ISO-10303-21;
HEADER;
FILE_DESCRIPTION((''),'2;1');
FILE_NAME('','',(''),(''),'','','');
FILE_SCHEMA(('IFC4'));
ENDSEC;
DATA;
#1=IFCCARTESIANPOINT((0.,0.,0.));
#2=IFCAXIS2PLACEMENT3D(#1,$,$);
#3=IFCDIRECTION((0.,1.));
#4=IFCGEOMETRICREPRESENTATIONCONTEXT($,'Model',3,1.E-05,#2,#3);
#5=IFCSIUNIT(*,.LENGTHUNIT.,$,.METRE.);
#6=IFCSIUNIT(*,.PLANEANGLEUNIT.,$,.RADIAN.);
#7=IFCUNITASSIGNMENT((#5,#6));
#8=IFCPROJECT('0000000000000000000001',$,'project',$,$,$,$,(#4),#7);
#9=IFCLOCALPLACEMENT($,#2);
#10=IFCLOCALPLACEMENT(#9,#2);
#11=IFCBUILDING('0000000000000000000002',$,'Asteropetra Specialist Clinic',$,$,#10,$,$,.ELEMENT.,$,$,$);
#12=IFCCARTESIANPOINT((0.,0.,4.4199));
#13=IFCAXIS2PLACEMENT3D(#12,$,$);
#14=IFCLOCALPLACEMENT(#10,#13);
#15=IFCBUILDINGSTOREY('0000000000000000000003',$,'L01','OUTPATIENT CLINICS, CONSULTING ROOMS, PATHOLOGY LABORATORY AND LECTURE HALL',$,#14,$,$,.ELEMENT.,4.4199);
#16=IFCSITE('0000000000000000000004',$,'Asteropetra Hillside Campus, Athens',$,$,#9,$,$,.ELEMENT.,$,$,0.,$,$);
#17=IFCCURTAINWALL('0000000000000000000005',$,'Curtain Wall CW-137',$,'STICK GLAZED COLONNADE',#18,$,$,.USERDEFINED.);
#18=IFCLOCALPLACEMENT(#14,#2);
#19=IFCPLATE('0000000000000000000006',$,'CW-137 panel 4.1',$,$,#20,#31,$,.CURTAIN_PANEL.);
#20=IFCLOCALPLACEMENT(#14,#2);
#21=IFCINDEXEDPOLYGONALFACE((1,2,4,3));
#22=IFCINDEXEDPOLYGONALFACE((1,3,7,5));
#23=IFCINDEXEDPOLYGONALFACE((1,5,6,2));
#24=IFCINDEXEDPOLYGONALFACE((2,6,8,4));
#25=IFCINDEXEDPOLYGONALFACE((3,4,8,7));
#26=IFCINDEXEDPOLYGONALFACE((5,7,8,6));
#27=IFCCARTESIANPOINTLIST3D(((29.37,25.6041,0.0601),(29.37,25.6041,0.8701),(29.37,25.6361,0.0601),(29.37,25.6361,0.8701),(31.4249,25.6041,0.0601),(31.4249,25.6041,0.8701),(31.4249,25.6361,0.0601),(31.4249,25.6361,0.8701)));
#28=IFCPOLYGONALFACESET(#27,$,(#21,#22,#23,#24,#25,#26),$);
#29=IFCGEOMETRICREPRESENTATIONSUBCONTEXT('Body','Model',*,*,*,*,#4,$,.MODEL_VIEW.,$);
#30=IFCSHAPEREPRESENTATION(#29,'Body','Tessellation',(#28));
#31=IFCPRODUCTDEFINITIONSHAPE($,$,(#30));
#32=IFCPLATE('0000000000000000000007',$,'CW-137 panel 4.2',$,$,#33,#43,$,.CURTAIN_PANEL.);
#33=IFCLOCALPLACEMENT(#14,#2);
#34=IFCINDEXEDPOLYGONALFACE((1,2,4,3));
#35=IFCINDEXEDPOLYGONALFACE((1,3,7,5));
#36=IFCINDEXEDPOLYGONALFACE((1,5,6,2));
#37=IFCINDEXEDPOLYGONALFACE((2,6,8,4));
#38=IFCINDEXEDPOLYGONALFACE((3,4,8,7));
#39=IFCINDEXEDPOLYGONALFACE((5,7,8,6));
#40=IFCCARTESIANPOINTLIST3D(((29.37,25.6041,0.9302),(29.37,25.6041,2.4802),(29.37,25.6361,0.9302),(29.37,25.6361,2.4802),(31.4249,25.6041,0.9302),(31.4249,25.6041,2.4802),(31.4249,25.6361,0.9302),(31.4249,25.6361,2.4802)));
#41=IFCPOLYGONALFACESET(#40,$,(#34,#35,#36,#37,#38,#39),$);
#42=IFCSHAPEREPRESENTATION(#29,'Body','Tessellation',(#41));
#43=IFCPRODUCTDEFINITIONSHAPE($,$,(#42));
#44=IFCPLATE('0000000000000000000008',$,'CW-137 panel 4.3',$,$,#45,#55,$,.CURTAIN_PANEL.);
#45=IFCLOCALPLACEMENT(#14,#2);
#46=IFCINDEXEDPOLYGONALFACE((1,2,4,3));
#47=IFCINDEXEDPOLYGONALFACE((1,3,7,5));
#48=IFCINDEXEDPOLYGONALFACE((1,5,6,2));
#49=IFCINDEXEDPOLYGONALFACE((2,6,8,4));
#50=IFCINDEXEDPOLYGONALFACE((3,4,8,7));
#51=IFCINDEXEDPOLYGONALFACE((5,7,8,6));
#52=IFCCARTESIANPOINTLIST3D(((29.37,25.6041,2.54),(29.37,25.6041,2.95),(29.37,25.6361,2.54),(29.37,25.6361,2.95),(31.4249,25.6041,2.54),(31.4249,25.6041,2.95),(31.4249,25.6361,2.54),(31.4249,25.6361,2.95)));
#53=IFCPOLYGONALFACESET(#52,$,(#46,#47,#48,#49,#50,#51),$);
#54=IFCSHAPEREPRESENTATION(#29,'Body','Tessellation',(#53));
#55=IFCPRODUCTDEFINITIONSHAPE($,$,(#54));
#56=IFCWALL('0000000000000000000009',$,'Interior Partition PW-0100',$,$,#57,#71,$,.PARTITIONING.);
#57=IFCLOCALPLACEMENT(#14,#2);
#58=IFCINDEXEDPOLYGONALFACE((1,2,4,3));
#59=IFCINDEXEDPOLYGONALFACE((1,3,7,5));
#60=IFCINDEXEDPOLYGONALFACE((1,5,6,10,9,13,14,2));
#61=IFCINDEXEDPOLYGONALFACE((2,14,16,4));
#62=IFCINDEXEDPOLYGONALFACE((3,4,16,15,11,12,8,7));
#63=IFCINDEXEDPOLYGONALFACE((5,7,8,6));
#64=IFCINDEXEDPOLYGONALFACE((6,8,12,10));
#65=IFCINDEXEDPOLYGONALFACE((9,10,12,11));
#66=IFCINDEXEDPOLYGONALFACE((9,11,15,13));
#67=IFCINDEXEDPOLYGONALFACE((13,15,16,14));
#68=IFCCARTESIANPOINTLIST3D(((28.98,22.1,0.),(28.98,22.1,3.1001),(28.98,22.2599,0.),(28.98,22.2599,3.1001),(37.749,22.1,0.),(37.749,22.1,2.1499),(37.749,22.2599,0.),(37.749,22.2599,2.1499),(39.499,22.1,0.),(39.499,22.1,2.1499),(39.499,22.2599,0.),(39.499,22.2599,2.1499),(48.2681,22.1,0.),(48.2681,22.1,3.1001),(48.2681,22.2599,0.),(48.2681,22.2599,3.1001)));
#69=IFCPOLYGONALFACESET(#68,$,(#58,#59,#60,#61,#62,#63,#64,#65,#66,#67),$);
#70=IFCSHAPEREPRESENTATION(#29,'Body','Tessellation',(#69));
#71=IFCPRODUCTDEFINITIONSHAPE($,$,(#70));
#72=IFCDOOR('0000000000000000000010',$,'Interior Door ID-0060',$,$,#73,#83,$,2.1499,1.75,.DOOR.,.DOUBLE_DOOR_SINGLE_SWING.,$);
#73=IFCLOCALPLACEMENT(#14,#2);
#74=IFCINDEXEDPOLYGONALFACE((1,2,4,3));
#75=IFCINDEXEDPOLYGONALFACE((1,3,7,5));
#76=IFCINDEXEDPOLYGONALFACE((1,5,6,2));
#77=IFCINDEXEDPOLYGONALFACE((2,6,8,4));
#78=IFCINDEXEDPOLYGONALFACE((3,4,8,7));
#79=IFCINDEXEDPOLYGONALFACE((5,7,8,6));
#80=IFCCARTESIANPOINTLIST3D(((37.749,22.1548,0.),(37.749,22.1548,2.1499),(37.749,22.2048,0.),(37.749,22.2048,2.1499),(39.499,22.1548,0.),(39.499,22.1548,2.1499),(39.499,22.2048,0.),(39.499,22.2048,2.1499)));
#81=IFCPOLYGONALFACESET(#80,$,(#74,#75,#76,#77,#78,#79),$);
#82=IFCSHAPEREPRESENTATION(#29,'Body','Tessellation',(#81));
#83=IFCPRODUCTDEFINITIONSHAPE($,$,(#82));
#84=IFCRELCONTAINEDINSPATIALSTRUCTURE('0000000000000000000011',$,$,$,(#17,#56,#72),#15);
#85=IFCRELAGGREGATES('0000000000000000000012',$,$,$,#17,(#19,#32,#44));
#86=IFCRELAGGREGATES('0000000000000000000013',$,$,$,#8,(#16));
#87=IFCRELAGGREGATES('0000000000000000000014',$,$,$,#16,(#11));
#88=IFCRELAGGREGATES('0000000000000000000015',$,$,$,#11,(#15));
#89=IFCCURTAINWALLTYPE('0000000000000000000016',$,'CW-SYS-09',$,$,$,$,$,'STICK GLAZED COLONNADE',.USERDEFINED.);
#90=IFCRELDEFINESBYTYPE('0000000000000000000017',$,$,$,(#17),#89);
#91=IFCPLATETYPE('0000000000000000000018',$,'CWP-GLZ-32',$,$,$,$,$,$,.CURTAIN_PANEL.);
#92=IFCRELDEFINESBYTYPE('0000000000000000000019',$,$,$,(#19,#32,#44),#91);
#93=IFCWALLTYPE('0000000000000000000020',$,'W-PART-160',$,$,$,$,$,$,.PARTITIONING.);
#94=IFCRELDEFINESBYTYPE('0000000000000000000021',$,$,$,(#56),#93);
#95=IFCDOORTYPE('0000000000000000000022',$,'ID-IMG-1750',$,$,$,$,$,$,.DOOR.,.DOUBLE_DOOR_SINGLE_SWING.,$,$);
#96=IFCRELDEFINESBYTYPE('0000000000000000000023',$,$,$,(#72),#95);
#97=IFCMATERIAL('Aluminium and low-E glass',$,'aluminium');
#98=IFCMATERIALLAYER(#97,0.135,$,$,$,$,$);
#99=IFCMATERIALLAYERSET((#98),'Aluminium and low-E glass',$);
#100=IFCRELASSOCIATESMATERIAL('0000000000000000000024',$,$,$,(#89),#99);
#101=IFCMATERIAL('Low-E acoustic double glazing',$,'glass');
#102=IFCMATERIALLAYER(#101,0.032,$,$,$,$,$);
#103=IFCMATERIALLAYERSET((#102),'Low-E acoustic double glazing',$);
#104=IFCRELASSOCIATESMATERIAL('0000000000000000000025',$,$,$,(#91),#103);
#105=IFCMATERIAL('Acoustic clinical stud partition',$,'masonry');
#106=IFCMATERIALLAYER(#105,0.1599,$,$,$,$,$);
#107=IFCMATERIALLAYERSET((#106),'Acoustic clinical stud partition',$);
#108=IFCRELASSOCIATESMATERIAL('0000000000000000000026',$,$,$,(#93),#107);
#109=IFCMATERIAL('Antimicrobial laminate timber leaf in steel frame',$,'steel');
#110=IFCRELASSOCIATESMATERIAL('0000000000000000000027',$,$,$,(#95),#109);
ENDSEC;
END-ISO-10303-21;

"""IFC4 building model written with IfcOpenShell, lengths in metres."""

from ifc_helpers import new_model, si_unit, direction, frame, frame_2d, origin, origin_2d, place, context, subcontext, project, spatial, rectangle, extrude, material, layer, layer_set, type_object, element, fill, aggregate, save


model = new_model("IFC4")

# Units and contexts
model_context = context("Model", 3, precision=1e-05, world=origin(), true_north=direction((0.0, 1.0)))
body_context = subcontext(model_context, "Body", "Model", "MODEL_VIEW")
ifc_project = project(units=[si_unit("LENGTHUNIT", "METRE"), si_unit("PLANEANGLEUNIT", "RADIAN")], contexts=[model_context])

# Site, building, storey
site_placement = place(None, origin())
site = spatial("IfcSite", under=ifc_project, at=site_placement, Name="Asteropetra Hillside Campus, Athens", CompositionType="ELEMENT", RefElevation=0.0)
building_placement = place(site_placement, origin())
building = spatial("IfcBuilding", under=site, at=building_placement, Name="Asteropetra Specialist Clinic", CompositionType="ELEMENT")
storey_placement = place(building_placement, frame((0.0, 0.0, 4.4199)))
storey = spatial("IfcBuildingStorey", under=building, at=storey_placement, Name="L01", Description="OUTPATIENT CLINICS, CONSULTING ROOMS, PATHOLOGY LABORATORY AND LECTURE HALL", CompositionType="ELEMENT", Elevation=4.4199)

# Curtain wall, plates
ifc_material_1 = material(Name="Aluminium and low-E glass", Category="aluminium")
ifc_layer_1 = layer(ifc_material_1, 0.135)
ifc_layer_set_1 = layer_set([ifc_layer_1], Name="Aluminium and low-E glass")
curtain_wall_type = type_object("IfcCurtainWallType", Name="CW-SYS-09", ElementType="STICK GLAZED COLONNADE", PredefinedType="USERDEFINED", material=ifc_layer_set_1)
curtain_wall_placement = place(storey_placement, origin())
curtain_wall = element("IfcCurtainWall", 1, at=curtain_wall_placement, inside=storey, type_object=curtain_wall_type, Name="Curtain Wall CW-137", ObjectType="STICK GLAZED COLONNADE", PredefinedType="USERDEFINED")
ifc_material_2 = material(Name="Low-E acoustic double glazing", Category="glass")
ifc_layer_2 = layer(ifc_material_2, 0.032)
ifc_layer_set_2 = layer_set([ifc_layer_2], Name="Low-E acoustic double glazing")
plate_type = type_object("IfcPlateType", Name="CWP-GLZ-32", PredefinedType="CURTAIN_PANEL", material=ifc_layer_set_2)
plate_1_placement = place(storey_placement, frame((30.3975, 25.6201, 0.0601), z_axis=(0.0, 0.0, 1.0), x_axis=(-1.0, 0.0, 0.0)))
plate_1 = element("IfcPlate", 2, at=plate_1_placement, type_object=plate_type, Name="CW-137 panel 4.1", PredefinedType="CURTAIN_PANEL", context=body_context, shape_type="SweptSolid", body=[
    extrude(rectangle(XDim=2.0549, YDim=0.032, at=origin_2d()), origin(), (0.0, 0.0, 1.0), 0.8101),
])
plate_2_placement = place(storey_placement, frame((30.3975, 25.6201, 0.9302), z_axis=(0.0, 0.0, 1.0), x_axis=(-1.0, 0.0, 0.0)))
plate_2 = element("IfcPlate", 3, at=plate_2_placement, type_object=plate_type, Name="CW-137 panel 4.2", PredefinedType="CURTAIN_PANEL", context=body_context, shape_type="SweptSolid", body=[
    extrude(rectangle(XDim=2.0549, YDim=0.032, at=origin_2d()), origin(), (0.0, 0.0, 1.0), 1.55),
])
plate_3_placement = place(storey_placement, frame((30.3975, 25.6201, 2.54), z_axis=(0.0, 0.0, 1.0), x_axis=(-1.0, 0.0, 0.0)))
plate_3 = element("IfcPlate", 4, at=plate_3_placement, type_object=plate_type, Name="CW-137 panel 4.3", PredefinedType="CURTAIN_PANEL", context=body_context, shape_type="SweptSolid", body=[
    extrude(rectangle(XDim=2.0549, YDim=0.032, at=origin_2d()), origin(), (0.0, 0.0, 1.0), 0.4099),
])
aggregate(curtain_wall, [plate_1, plate_2, plate_3])

# Wall, opening, door
ifc_material_3 = material(Name="Acoustic clinical stud partition", Category="masonry")
ifc_layer_3 = layer(ifc_material_3, 0.1599)
ifc_layer_set_3 = layer_set([ifc_layer_3], Name="Acoustic clinical stud partition")
wall_type = type_object("IfcWallType", Name="W-PART-160", PredefinedType="PARTITIONING", material=ifc_layer_set_3)
wall_placement = place(storey_placement, frame((28.98, 22.1799, 0.0), z_axis=(0.0, 0.0, 1.0), x_axis=(1.0, 0.0, 0.0)))
wall = element("IfcWall", 5, at=wall_placement, inside=storey, type_object=wall_type, Name="Interior Partition PW-0100", PredefinedType="PARTITIONING", context=body_context, shape_type="SweptSolid", body=[
    extrude(rectangle(XDim=19.2881, YDim=0.1599, at=frame_2d((9.644, 0.0))), origin(), (0.0, 0.0, 1.0), 3.1001),
])
opening_placement = place(wall_placement, frame((8.769, 0.0, 0.0)))
opening = element("IfcOpeningElement", 6, at=opening_placement, cuts=wall, PredefinedType="OPENING", context=body_context, shape_type="SweptSolid", body=[
    extrude(rectangle(XDim=1.75, YDim=2.1499, at=frame_2d((0.875, 1.075))), frame((0.0, 0.0898, 0.0), z_axis=(0.0, -1.0, 0.0), x_axis=(1.0, 0.0, 0.0)), (0.0, 0.0, 1.0), 0.1799),
])
ifc_material_4 = material(Name="Antimicrobial laminate timber leaf in steel frame", Category="steel")
door_type = type_object("IfcDoorType", Name="ID-IMG-1750", OperationType="DOUBLE_DOOR_SINGLE_SWING", PredefinedType="DOOR", material=ifc_material_4)
door_placement = place(opening_placement, origin())
door = element("IfcDoor", 7, at=door_placement, inside=storey, type_object=door_type, Name="Interior Door ID-0060", OperationType="DOUBLE_DOOR_SINGLE_SWING", OverallHeight=2.1499, OverallWidth=1.75, PredefinedType="DOOR", context=body_context, shape_type="SweptSolid", body=[
    extrude(rectangle(XDim=1.75, YDim=2.1499, at=frame_2d((0.875, 1.075))), frame((0.0, 0.0249, 0.0), z_axis=(0.0, -1.0, 0.0), x_axis=(1.0, 0.0, 0.0)), (0.0, 0.0, 1.0), 0.05),
])
fill(opening, door)

save(model, "model.ifc")
